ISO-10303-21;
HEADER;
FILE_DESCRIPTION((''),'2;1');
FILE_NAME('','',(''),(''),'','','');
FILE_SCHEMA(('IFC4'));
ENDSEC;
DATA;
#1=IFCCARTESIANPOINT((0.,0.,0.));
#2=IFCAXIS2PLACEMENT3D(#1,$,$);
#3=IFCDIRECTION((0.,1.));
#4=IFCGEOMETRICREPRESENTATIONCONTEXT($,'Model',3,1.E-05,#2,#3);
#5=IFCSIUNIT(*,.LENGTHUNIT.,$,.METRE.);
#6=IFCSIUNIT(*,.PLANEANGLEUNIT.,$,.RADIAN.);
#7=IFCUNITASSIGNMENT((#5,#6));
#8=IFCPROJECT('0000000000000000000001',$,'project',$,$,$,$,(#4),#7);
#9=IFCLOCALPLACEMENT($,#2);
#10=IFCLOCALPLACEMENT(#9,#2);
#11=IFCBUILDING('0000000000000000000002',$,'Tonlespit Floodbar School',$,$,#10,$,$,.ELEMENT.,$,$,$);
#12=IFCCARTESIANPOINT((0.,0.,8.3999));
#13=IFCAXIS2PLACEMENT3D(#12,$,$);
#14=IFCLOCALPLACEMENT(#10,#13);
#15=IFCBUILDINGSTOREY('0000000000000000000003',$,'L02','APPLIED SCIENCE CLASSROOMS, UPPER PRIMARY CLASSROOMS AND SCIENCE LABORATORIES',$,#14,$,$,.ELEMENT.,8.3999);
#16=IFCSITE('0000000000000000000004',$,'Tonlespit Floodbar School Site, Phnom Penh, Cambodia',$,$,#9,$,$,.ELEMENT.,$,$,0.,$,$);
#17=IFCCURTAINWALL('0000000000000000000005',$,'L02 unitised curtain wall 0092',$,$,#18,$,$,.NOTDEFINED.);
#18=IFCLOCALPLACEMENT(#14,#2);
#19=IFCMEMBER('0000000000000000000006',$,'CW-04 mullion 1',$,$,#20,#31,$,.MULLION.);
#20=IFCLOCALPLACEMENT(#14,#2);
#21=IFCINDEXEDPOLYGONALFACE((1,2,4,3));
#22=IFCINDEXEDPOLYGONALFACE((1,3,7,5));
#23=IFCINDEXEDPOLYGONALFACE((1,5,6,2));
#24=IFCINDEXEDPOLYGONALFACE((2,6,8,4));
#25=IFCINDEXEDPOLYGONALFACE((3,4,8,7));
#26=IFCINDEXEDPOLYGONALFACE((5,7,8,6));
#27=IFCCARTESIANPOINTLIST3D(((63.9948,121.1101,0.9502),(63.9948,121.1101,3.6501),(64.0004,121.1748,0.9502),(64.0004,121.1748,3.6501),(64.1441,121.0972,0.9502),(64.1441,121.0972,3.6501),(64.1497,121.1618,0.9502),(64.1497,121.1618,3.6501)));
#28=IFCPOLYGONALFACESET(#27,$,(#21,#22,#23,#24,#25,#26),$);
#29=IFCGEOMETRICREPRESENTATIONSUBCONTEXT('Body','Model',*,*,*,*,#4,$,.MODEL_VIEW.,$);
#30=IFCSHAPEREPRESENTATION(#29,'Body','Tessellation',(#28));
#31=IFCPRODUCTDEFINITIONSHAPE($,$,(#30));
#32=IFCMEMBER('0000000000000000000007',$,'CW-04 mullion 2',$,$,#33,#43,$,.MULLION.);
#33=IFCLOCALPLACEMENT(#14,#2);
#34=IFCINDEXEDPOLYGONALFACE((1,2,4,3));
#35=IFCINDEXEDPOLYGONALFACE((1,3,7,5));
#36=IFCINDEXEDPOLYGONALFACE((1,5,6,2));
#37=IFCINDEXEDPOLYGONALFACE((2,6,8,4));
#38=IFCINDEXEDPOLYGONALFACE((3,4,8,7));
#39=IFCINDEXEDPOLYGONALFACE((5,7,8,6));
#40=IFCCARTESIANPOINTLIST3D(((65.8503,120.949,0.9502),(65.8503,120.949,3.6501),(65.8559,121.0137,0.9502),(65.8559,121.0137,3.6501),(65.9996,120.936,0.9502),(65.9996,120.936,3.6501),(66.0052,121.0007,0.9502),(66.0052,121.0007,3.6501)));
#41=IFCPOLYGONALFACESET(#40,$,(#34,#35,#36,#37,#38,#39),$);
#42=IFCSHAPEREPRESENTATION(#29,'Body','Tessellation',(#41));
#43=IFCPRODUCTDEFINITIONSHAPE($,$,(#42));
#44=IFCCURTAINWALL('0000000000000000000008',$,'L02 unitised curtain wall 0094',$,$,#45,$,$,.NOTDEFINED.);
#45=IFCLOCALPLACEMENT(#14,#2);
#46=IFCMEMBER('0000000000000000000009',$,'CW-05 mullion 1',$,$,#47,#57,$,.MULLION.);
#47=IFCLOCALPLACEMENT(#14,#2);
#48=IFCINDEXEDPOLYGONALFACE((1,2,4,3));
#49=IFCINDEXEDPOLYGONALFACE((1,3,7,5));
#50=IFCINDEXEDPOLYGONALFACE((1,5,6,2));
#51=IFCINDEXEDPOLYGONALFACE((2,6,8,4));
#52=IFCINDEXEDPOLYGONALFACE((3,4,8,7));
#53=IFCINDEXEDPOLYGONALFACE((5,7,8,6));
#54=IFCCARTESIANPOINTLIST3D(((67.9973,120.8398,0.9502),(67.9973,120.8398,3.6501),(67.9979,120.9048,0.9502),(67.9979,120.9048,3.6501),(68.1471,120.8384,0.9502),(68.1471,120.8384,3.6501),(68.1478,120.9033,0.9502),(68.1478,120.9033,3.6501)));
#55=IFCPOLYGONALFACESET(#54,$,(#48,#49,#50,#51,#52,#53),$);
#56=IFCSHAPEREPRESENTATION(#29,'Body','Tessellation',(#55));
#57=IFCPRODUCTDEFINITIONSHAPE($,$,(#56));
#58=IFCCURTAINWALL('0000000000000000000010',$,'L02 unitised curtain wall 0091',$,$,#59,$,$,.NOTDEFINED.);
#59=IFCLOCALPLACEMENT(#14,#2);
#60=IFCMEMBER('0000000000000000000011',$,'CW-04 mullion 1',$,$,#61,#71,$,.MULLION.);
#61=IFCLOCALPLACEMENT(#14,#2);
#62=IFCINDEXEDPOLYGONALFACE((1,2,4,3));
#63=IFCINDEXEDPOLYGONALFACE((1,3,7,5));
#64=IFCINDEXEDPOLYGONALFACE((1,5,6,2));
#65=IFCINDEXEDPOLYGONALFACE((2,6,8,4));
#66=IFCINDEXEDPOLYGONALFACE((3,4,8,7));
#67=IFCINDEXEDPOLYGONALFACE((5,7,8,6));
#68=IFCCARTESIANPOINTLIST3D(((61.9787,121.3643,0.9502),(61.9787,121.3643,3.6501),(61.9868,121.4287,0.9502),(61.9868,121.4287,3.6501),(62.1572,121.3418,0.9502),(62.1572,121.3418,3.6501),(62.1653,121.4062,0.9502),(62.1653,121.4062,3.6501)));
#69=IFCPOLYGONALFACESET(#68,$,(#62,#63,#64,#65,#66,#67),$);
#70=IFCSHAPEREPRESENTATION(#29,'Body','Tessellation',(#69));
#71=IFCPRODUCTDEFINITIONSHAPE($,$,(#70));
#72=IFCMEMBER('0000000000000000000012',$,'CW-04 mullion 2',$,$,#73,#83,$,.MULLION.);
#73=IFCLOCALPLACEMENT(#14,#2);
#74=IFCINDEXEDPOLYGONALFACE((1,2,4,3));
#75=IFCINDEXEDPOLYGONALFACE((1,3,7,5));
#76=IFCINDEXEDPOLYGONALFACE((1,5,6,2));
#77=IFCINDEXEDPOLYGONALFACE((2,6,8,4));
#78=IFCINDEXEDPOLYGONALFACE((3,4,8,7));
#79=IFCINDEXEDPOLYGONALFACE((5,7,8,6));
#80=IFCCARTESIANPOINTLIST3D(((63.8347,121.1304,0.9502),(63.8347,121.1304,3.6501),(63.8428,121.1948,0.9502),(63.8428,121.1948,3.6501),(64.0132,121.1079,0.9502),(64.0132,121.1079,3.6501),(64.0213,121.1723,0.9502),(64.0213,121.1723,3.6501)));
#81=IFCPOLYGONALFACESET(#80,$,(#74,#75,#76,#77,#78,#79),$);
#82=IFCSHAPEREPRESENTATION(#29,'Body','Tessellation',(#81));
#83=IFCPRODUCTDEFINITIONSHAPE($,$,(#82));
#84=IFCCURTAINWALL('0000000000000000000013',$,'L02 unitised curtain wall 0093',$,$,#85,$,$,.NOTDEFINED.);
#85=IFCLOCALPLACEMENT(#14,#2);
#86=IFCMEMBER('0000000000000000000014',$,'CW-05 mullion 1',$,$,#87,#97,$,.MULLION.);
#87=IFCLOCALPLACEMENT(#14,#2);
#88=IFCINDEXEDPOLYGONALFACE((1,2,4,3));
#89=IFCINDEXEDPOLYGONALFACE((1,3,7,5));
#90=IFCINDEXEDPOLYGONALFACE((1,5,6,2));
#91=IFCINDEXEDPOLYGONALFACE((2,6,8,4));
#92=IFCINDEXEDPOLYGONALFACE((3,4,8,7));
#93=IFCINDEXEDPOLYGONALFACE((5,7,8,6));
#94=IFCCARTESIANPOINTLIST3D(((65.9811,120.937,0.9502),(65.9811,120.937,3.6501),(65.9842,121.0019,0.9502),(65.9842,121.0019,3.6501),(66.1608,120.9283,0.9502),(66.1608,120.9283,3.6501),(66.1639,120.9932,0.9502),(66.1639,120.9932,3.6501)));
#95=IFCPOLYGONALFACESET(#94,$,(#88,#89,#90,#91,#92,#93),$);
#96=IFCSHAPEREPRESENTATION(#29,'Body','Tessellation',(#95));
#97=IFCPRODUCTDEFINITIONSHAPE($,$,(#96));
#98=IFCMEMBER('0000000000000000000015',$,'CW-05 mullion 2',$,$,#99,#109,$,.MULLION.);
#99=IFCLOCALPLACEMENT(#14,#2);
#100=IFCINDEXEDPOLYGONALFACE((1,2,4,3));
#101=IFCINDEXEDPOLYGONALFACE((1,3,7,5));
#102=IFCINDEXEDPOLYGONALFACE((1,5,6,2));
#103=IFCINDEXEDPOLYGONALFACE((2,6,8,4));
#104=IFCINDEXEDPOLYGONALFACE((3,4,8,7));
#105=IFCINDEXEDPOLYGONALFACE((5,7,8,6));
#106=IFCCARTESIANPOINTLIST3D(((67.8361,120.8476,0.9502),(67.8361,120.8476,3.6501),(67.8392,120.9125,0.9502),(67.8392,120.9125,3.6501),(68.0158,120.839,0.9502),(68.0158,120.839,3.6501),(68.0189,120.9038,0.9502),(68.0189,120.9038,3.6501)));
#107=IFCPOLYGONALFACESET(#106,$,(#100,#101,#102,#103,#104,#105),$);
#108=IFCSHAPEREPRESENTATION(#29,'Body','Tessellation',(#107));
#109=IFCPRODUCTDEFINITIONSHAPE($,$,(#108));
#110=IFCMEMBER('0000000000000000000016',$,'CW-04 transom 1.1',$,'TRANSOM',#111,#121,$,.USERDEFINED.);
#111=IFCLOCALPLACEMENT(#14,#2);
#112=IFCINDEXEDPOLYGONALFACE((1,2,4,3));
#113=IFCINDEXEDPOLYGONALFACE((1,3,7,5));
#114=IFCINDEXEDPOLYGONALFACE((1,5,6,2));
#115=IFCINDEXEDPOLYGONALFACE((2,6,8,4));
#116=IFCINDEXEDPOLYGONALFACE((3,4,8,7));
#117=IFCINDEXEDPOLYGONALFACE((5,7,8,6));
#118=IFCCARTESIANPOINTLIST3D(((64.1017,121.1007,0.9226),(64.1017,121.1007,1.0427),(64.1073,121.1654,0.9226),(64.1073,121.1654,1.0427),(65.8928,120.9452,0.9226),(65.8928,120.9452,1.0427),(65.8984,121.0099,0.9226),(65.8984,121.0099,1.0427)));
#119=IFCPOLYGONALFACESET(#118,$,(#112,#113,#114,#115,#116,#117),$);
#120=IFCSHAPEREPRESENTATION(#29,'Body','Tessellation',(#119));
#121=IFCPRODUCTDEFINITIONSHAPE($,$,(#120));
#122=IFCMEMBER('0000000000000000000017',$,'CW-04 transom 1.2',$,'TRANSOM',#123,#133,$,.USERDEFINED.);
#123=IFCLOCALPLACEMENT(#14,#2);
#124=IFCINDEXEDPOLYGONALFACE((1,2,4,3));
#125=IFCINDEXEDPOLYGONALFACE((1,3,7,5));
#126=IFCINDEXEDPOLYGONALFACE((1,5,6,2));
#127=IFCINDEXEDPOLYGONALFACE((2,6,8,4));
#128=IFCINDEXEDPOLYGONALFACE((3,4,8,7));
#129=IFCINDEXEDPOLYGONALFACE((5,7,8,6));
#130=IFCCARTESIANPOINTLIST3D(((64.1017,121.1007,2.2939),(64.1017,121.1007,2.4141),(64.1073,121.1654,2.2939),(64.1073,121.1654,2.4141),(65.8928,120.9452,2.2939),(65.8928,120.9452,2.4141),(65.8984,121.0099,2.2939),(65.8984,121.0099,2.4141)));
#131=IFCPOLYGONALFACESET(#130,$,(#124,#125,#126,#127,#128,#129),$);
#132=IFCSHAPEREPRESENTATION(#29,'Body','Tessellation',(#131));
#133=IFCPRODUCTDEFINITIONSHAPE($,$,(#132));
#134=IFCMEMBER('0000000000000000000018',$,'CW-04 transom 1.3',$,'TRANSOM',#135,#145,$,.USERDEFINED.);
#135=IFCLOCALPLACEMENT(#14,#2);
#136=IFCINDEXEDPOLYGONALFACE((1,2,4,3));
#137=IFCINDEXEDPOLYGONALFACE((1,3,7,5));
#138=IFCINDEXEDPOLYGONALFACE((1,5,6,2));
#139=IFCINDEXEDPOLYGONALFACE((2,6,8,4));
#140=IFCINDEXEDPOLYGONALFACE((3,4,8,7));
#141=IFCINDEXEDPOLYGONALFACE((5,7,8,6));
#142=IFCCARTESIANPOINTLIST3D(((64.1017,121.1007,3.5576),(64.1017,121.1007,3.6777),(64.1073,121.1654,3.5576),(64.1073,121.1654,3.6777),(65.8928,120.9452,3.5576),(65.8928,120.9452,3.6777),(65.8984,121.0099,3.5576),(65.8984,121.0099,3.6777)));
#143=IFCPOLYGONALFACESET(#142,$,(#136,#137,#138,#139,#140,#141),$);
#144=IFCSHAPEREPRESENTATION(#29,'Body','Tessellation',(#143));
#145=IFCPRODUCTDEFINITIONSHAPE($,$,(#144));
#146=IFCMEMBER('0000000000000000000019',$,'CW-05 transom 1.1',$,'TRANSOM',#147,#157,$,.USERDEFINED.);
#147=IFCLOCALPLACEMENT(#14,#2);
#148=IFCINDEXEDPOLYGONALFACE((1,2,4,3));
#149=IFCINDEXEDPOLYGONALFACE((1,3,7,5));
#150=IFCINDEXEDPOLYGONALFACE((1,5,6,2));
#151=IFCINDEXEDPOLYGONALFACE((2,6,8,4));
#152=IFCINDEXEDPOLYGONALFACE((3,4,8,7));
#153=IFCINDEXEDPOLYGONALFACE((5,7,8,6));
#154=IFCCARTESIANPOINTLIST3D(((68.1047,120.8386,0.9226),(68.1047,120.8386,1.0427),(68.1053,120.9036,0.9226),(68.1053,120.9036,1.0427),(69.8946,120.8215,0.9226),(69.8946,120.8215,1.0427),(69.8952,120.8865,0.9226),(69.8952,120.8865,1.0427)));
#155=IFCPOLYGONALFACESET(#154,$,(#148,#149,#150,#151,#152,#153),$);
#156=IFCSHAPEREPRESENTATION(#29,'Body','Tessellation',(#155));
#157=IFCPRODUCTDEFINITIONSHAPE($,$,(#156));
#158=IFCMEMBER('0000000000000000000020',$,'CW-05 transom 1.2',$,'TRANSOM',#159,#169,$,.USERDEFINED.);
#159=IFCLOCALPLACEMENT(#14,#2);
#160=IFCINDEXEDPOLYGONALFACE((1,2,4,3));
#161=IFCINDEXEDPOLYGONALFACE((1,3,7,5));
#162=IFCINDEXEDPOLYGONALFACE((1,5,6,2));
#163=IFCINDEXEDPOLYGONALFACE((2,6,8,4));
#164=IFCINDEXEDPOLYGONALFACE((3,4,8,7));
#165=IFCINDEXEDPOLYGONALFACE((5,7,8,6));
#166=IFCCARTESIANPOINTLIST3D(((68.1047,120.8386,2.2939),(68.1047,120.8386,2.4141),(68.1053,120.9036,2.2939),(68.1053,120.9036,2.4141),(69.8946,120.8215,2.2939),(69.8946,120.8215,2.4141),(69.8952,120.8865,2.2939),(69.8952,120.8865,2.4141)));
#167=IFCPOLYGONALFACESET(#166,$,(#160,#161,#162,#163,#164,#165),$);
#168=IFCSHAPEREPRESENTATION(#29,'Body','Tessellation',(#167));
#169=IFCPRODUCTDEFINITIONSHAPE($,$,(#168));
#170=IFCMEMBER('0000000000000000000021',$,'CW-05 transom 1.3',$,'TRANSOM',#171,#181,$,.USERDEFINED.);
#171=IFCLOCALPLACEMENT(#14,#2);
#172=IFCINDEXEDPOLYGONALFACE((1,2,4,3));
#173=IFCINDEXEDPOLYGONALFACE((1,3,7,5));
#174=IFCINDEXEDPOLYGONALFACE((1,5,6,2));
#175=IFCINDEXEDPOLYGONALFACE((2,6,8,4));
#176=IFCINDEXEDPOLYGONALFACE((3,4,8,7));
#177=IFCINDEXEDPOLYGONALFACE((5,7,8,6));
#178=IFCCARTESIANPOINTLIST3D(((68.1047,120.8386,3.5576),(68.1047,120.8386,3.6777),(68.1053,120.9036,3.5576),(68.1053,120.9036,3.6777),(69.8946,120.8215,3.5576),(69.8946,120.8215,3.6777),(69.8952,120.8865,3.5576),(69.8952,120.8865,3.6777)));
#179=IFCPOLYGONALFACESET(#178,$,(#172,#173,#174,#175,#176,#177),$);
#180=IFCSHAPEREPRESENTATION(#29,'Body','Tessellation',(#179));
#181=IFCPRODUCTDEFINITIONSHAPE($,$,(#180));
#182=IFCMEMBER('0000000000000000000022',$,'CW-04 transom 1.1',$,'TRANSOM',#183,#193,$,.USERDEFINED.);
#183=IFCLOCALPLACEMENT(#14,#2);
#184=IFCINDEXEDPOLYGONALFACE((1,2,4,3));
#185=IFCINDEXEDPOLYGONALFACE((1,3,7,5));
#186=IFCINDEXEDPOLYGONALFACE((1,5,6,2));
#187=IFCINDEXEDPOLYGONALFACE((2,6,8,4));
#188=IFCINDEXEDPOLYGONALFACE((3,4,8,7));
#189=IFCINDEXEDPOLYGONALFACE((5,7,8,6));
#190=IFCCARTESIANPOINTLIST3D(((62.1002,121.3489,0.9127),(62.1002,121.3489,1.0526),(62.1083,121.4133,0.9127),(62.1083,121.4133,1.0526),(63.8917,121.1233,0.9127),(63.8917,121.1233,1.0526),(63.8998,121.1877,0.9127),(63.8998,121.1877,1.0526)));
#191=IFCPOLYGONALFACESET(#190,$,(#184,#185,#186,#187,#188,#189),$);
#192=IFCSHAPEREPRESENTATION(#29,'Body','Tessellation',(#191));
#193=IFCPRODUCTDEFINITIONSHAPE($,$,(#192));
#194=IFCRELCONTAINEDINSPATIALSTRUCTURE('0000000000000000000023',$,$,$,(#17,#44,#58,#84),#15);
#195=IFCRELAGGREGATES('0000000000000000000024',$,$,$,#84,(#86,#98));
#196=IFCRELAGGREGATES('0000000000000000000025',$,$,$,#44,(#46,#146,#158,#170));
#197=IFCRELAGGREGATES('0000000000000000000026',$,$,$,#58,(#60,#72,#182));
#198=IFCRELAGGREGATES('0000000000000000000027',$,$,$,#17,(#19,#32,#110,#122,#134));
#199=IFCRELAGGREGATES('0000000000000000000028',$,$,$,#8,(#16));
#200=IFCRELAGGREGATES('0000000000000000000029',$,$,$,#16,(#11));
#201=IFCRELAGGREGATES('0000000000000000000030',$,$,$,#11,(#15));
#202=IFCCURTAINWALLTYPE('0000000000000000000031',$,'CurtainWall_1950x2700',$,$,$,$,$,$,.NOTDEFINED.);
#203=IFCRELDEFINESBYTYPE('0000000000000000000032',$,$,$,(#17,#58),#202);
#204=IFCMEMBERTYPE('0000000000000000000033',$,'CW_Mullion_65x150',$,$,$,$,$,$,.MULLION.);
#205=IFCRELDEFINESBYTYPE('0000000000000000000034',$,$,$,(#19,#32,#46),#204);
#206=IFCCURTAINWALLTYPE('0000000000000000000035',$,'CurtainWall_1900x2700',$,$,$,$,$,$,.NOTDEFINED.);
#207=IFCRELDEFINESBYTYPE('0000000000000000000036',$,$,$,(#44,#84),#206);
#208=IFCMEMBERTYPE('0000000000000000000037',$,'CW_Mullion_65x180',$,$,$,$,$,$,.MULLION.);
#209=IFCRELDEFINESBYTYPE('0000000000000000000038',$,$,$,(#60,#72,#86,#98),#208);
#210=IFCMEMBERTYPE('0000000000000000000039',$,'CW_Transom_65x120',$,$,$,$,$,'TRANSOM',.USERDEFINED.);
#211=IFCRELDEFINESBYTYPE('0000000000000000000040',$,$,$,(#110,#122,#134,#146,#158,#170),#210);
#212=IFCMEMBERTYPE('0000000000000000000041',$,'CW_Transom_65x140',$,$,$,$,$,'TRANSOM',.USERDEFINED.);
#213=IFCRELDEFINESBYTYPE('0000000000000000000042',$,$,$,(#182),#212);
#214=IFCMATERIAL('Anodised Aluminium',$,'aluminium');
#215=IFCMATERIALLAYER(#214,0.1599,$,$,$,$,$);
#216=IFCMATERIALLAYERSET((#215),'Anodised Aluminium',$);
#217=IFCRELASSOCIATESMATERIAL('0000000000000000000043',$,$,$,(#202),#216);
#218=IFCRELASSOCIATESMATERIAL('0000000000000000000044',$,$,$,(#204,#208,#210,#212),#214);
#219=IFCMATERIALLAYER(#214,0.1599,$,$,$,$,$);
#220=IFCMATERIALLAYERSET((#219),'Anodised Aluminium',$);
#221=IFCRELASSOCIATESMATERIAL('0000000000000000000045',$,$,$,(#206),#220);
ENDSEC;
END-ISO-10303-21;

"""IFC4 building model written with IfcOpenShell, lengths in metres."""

from ifc_helpers import new_model, si_unit, direction, frame, origin, origin_2d, place, context, subcontext, project, spatial, rectangle, extrude, material, layer, layer_set, material_profile, profile_set, type_object, element, aggregate, save


model = new_model("IFC4")

# Units and contexts
model_context = context("Model", 3, precision=1e-05, world=origin(), true_north=direction((0.0, 1.0)))
body_context = subcontext(model_context, "Body", "Model", "MODEL_VIEW")
ifc_project = project(units=[si_unit("LENGTHUNIT", "METRE"), si_unit("PLANEANGLEUNIT", "RADIAN")], contexts=[model_context])

# Site, building, storey
site_placement = place(None, origin())
site = spatial("IfcSite", under=ifc_project, at=site_placement, Name="Tonlespit Floodbar School Site, Phnom Penh, Cambodia", CompositionType="ELEMENT", RefElevation=0.0)
building_placement = place(site_placement, origin())
building = spatial("IfcBuilding", under=site, at=building_placement, Name="Tonlespit Floodbar School", CompositionType="ELEMENT")
storey_placement = place(building_placement, frame((0.0, 0.0, 8.3999)))
storey = spatial("IfcBuildingStorey", under=building, at=storey_placement, Name="L02", Description="APPLIED SCIENCE CLASSROOMS, UPPER PRIMARY CLASSROOMS AND SCIENCE LABORATORIES", CompositionType="ELEMENT", Elevation=8.3999)

# Curtain wall, members
ifc_material_1 = material(Name="Anodised Aluminium", Category="aluminium")
ifc_layer_1 = layer(ifc_material_1, 0.1599)
ifc_layer_set_1 = layer_set([ifc_layer_1], Name="Anodised Aluminium")
curtain_wall_type_1 = type_object("IfcCurtainWallType", Name="CurtainWall_1950x2700", PredefinedType="NOTDEFINED", material=ifc_layer_set_1)
curtain_wall_1_placement = place(storey_placement, origin())
curtain_wall_1 = element("IfcCurtainWall", 1, at=curtain_wall_1_placement, inside=storey, type_object=curtain_wall_type_1, Name="L02 unitised curtain wall 0092", PredefinedType="NOTDEFINED")
ifc_material_profile_1 = material_profile(ifc_material_1, rectangle(XDim=0.0649, YDim=0.1499, at=origin_2d()), Name="ALU M65x150")
ifc_profile_set_1 = profile_set([ifc_material_profile_1], Name="Anodised Aluminium")
member_type_1 = type_object("IfcMemberType", Name="CW_Mullion_65x150", PredefinedType="MULLION", material=ifc_profile_set_1)
member_1_placement = place(storey_placement, frame((64.0723, 121.136, 0.9502), z_axis=(0.0, 0.0, 1.0), x_axis=(0.086531, 0.996249, 0.0)))
member_1 = element("IfcMember", 2, at=member_1_placement, type_object=member_type_1, Name="CW-04 mullion 1", PredefinedType="MULLION", context=body_context, shape_type="SweptSolid", body=[
    extrude(rectangle(XDim=0.0649, YDim=0.1499, at=origin_2d()), origin(), (0.0, 0.0, 1.0), 2.7),
])
member_2_placement = place(storey_placement, frame((65.9277, 120.9749, 0.9502), z_axis=(0.0, 0.0, 1.0), x_axis=(0.086531, 0.996249, 0.0)))
member_2 = element("IfcMember", 3, at=member_2_placement, type_object=member_type_1, Name="CW-04 mullion 2", PredefinedType="MULLION", context=body_context, shape_type="SweptSolid", body=[
    extrude(rectangle(XDim=0.0649, YDim=0.1499, at=origin_2d()), origin(), (0.0, 0.0, 1.0), 2.7),
])

# Curtain wall, member
ifc_layer_2 = layer(ifc_material_1, 0.1599)
ifc_layer_set_2 = layer_set([ifc_layer_2], Name="Anodised Aluminium")
curtain_wall_type_2 = type_object("IfcCurtainWallType", Name="CurtainWall_1900x2700", PredefinedType="NOTDEFINED", material=ifc_layer_set_2)
curtain_wall_2_placement = place(storey_placement, origin())
curtain_wall_2 = element("IfcCurtainWall", 4, at=curtain_wall_2_placement, inside=storey, type_object=curtain_wall_type_2, Name="L02 unitised curtain wall 0094", PredefinedType="NOTDEFINED")
member_3_placement = place(storey_placement, frame((68.0725, 120.8716, 0.9502), z_axis=(0.0, 0.0, 1.0), x_axis=(0.009583, 0.999954, 0.0)))
member_3 = element("IfcMember", 5, at=member_3_placement, type_object=member_type_1, Name="CW-05 mullion 1", PredefinedType="MULLION", context=body_context, shape_type="SweptSolid", body=[
    extrude(rectangle(XDim=0.0649, YDim=0.1499, at=origin_2d()), origin(), (0.0, 0.0, 1.0), 2.7),
])

# Curtain walls, members
curtain_wall_3_placement = place(storey_placement, origin())
curtain_wall_3 = element("IfcCurtainWall", 6, at=curtain_wall_3_placement, inside=storey, type_object=curtain_wall_type_1, Name="L02 unitised curtain wall 0091", PredefinedType="NOTDEFINED")
ifc_material_profile_2 = material_profile(ifc_material_1, rectangle(XDim=0.0649, YDim=0.1799, at=origin_2d()), Name="ALU M65x180")
ifc_profile_set_2 = profile_set([ifc_material_profile_2], Name="Anodised Aluminium")
member_type_2 = type_object("IfcMemberType", Name="CW_Mullion_65x180", PredefinedType="MULLION", material=ifc_profile_set_2)
member_4_placement = place(storey_placement, frame((62.072, 121.3853, 0.9502), z_axis=(0.0, 0.0, 1.0), x_axis=(0.125014, 0.992155, 0.0)))
member_4 = element("IfcMember", 7, at=member_4_placement, type_object=member_type_2, Name="CW-04 mullion 1", PredefinedType="MULLION", context=body_context, shape_type="SweptSolid", body=[
    extrude(rectangle(XDim=0.0649, YDim=0.1799, at=origin_2d()), origin(), (0.0, 0.0, 1.0), 2.7),
])
member_5_placement = place(storey_placement, frame((63.928, 121.1514, 0.9502), z_axis=(0.0, 0.0, 1.0), x_axis=(0.125014, 0.992155, 0.0)))
member_5 = element("IfcMember", 8, at=member_5_placement, type_object=member_type_2, Name="CW-04 mullion 2", PredefinedType="MULLION", context=body_context, shape_type="SweptSolid", body=[
    extrude(rectangle(XDim=0.0649, YDim=0.1799, at=origin_2d()), origin(), (0.0, 0.0, 1.0), 2.7),
])
curtain_wall_4_placement = place(storey_placement, origin())
curtain_wall_4 = element("IfcCurtainWall", 9, at=curtain_wall_4_placement, inside=storey, type_object=curtain_wall_type_2, Name="L02 unitised curtain wall 0093", PredefinedType="NOTDEFINED")
member_6_placement = place(storey_placement, frame((66.0725, 120.9651, 0.9502), z_axis=(0.0, 0.0, 1.0), x_axis=(0.048121, 0.998842, 0.0)))
member_6 = element("IfcMember", 10, at=member_6_placement, type_object=member_type_2, Name="CW-05 mullion 1", PredefinedType="MULLION", context=body_context, shape_type="SweptSolid", body=[
    extrude(rectangle(XDim=0.0649, YDim=0.1799, at=origin_2d()), origin(), (0.0, 0.0, 1.0), 2.7),
])
member_7_placement = place(storey_placement, frame((67.9275, 120.8757, 0.9502), z_axis=(0.0, 0.0, 1.0), x_axis=(0.048121, 0.998842, 0.0)))
member_7 = element("IfcMember", 11, at=member_7_placement, type_object=member_type_2, Name="CW-05 mullion 2", PredefinedType="MULLION", context=body_context, shape_type="SweptSolid", body=[
    extrude(rectangle(XDim=0.0649, YDim=0.1799, at=origin_2d()), origin(), (0.0, 0.0, 1.0), 2.7),
])

# Members
ifc_material_profile_3 = material_profile(ifc_material_1, rectangle(XDim=0.0649, YDim=0.1201, at=origin_2d()), Name="ALU T65x120")
ifc_profile_set_3 = profile_set([ifc_material_profile_3], Name="Anodised Aluminium")
member_type_3 = type_object("IfcMemberType", Name="CW_Transom_65x120", ElementType="TRANSOM", PredefinedType="USERDEFINED", material=ifc_profile_set_3)
member_8_placement = place(storey_placement, frame((64.1045, 121.1331, 0.9827), z_axis=(0.996251, -0.086507, 0.0), x_axis=(0.086507, 0.996251, 0.0)))
member_8 = element("IfcMember", 12, at=member_8_placement, type_object=member_type_3, Name="CW-04 transom 1.1", ObjectType="TRANSOM", PredefinedType="USERDEFINED", context=body_context, shape_type="SweptSolid", body=[
    extrude(rectangle(XDim=0.0649, YDim=0.1201, at=origin_2d()), origin(), (0.0, 0.0, 1.0), 1.7979),
])
member_9_placement = place(storey_placement, frame((64.1045, 121.1331, 2.354), z_axis=(0.996251, -0.086507, 0.0), x_axis=(0.086507, 0.996251, 0.0)))
member_9 = element("IfcMember", 13, at=member_9_placement, type_object=member_type_3, Name="CW-04 transom 1.2", ObjectType="TRANSOM", PredefinedType="USERDEFINED", context=body_context, shape_type="SweptSolid", body=[
    extrude(rectangle(XDim=0.0649, YDim=0.1201, at=origin_2d()), origin(), (0.0, 0.0, 1.0), 1.7979),
])
member_10_placement = place(storey_placement, frame((64.1045, 121.1331, 3.6177), z_axis=(0.996251, -0.086507, 0.0), x_axis=(0.086507, 0.996251, 0.0)))
member_10 = element("IfcMember", 14, at=member_10_placement, type_object=member_type_3, Name="CW-04 transom 1.3", ObjectType="TRANSOM", PredefinedType="USERDEFINED", context=body_context, shape_type="SweptSolid", body=[
    extrude(rectangle(XDim=0.0649, YDim=0.1201, at=origin_2d()), origin(), (0.0, 0.0, 1.0), 1.7979),
])
member_11_placement = place(storey_placement, frame((68.105, 120.8711, 0.9827), z_axis=(0.999954, -0.009547, 0.0), x_axis=(0.009547, 0.999954, 0.0)))
member_11 = element("IfcMember", 15, at=member_11_placement, type_object=member_type_3, Name="CW-05 transom 1.1", ObjectType="TRANSOM", PredefinedType="USERDEFINED", context=body_context, shape_type="SweptSolid", body=[
    extrude(rectangle(XDim=0.0649, YDim=0.1201, at=origin_2d()), origin(), (0.0, 0.0, 1.0), 1.79),
])
member_12_placement = place(storey_placement, frame((68.105, 120.8711, 2.354), z_axis=(0.999954, -0.009547, 0.0), x_axis=(0.009547, 0.999954, 0.0)))
member_12 = element("IfcMember", 16, at=member_12_placement, type_object=member_type_3, Name="CW-05 transom 1.2", ObjectType="TRANSOM", PredefinedType="USERDEFINED", context=body_context, shape_type="SweptSolid", body=[
    extrude(rectangle(XDim=0.0649, YDim=0.1201, at=origin_2d()), origin(), (0.0, 0.0, 1.0), 1.79),
])
member_13_placement = place(storey_placement, frame((68.105, 120.8711, 3.6177), z_axis=(0.999954, -0.009547, 0.0), x_axis=(0.009547, 0.999954, 0.0)))
member_13 = element("IfcMember", 17, at=member_13_placement, type_object=member_type_3, Name="CW-05 transom 1.3", ObjectType="TRANSOM", PredefinedType="USERDEFINED", context=body_context, shape_type="SweptSolid", body=[
    extrude(rectangle(XDim=0.0649, YDim=0.1201, at=origin_2d()), origin(), (0.0, 0.0, 1.0), 1.79),
])
ifc_material_profile_4 = material_profile(ifc_material_1, rectangle(XDim=0.0649, YDim=0.1399, at=origin_2d()), Name="ALU T65x140")
ifc_profile_set_4 = profile_set([ifc_material_profile_4], Name="Anodised Aluminium")
member_type_4 = type_object("IfcMemberType", Name="CW_Transom_65x140", ElementType="TRANSOM", PredefinedType="USERDEFINED", material=ifc_profile_set_4)
member_14_placement = place(storey_placement, frame((62.1042, 121.3811, 0.9827), z_axis=(0.992165, -0.124933, 0.0), x_axis=(0.124933, 0.992165, 0.0)))
member_14 = element("IfcMember", 18, at=member_14_placement, type_object=member_type_4, Name="CW-04 transom 1.1", ObjectType="TRANSOM", PredefinedType="USERDEFINED", context=body_context, shape_type="SweptSolid", body=[
    extrude(rectangle(XDim=0.0649, YDim=0.1399, at=origin_2d()), origin(), (0.0, 0.0, 1.0), 1.8057),
])

aggregate(curtain_wall_4, [member_6, member_7])
aggregate(curtain_wall_2, [member_3, member_11, member_12, member_13])
aggregate(curtain_wall_3, [member_4, member_5, member_14])
aggregate(curtain_wall_1, [member_1, member_2, member_8, member_9, member_10])

save(model, "model.ifc")
